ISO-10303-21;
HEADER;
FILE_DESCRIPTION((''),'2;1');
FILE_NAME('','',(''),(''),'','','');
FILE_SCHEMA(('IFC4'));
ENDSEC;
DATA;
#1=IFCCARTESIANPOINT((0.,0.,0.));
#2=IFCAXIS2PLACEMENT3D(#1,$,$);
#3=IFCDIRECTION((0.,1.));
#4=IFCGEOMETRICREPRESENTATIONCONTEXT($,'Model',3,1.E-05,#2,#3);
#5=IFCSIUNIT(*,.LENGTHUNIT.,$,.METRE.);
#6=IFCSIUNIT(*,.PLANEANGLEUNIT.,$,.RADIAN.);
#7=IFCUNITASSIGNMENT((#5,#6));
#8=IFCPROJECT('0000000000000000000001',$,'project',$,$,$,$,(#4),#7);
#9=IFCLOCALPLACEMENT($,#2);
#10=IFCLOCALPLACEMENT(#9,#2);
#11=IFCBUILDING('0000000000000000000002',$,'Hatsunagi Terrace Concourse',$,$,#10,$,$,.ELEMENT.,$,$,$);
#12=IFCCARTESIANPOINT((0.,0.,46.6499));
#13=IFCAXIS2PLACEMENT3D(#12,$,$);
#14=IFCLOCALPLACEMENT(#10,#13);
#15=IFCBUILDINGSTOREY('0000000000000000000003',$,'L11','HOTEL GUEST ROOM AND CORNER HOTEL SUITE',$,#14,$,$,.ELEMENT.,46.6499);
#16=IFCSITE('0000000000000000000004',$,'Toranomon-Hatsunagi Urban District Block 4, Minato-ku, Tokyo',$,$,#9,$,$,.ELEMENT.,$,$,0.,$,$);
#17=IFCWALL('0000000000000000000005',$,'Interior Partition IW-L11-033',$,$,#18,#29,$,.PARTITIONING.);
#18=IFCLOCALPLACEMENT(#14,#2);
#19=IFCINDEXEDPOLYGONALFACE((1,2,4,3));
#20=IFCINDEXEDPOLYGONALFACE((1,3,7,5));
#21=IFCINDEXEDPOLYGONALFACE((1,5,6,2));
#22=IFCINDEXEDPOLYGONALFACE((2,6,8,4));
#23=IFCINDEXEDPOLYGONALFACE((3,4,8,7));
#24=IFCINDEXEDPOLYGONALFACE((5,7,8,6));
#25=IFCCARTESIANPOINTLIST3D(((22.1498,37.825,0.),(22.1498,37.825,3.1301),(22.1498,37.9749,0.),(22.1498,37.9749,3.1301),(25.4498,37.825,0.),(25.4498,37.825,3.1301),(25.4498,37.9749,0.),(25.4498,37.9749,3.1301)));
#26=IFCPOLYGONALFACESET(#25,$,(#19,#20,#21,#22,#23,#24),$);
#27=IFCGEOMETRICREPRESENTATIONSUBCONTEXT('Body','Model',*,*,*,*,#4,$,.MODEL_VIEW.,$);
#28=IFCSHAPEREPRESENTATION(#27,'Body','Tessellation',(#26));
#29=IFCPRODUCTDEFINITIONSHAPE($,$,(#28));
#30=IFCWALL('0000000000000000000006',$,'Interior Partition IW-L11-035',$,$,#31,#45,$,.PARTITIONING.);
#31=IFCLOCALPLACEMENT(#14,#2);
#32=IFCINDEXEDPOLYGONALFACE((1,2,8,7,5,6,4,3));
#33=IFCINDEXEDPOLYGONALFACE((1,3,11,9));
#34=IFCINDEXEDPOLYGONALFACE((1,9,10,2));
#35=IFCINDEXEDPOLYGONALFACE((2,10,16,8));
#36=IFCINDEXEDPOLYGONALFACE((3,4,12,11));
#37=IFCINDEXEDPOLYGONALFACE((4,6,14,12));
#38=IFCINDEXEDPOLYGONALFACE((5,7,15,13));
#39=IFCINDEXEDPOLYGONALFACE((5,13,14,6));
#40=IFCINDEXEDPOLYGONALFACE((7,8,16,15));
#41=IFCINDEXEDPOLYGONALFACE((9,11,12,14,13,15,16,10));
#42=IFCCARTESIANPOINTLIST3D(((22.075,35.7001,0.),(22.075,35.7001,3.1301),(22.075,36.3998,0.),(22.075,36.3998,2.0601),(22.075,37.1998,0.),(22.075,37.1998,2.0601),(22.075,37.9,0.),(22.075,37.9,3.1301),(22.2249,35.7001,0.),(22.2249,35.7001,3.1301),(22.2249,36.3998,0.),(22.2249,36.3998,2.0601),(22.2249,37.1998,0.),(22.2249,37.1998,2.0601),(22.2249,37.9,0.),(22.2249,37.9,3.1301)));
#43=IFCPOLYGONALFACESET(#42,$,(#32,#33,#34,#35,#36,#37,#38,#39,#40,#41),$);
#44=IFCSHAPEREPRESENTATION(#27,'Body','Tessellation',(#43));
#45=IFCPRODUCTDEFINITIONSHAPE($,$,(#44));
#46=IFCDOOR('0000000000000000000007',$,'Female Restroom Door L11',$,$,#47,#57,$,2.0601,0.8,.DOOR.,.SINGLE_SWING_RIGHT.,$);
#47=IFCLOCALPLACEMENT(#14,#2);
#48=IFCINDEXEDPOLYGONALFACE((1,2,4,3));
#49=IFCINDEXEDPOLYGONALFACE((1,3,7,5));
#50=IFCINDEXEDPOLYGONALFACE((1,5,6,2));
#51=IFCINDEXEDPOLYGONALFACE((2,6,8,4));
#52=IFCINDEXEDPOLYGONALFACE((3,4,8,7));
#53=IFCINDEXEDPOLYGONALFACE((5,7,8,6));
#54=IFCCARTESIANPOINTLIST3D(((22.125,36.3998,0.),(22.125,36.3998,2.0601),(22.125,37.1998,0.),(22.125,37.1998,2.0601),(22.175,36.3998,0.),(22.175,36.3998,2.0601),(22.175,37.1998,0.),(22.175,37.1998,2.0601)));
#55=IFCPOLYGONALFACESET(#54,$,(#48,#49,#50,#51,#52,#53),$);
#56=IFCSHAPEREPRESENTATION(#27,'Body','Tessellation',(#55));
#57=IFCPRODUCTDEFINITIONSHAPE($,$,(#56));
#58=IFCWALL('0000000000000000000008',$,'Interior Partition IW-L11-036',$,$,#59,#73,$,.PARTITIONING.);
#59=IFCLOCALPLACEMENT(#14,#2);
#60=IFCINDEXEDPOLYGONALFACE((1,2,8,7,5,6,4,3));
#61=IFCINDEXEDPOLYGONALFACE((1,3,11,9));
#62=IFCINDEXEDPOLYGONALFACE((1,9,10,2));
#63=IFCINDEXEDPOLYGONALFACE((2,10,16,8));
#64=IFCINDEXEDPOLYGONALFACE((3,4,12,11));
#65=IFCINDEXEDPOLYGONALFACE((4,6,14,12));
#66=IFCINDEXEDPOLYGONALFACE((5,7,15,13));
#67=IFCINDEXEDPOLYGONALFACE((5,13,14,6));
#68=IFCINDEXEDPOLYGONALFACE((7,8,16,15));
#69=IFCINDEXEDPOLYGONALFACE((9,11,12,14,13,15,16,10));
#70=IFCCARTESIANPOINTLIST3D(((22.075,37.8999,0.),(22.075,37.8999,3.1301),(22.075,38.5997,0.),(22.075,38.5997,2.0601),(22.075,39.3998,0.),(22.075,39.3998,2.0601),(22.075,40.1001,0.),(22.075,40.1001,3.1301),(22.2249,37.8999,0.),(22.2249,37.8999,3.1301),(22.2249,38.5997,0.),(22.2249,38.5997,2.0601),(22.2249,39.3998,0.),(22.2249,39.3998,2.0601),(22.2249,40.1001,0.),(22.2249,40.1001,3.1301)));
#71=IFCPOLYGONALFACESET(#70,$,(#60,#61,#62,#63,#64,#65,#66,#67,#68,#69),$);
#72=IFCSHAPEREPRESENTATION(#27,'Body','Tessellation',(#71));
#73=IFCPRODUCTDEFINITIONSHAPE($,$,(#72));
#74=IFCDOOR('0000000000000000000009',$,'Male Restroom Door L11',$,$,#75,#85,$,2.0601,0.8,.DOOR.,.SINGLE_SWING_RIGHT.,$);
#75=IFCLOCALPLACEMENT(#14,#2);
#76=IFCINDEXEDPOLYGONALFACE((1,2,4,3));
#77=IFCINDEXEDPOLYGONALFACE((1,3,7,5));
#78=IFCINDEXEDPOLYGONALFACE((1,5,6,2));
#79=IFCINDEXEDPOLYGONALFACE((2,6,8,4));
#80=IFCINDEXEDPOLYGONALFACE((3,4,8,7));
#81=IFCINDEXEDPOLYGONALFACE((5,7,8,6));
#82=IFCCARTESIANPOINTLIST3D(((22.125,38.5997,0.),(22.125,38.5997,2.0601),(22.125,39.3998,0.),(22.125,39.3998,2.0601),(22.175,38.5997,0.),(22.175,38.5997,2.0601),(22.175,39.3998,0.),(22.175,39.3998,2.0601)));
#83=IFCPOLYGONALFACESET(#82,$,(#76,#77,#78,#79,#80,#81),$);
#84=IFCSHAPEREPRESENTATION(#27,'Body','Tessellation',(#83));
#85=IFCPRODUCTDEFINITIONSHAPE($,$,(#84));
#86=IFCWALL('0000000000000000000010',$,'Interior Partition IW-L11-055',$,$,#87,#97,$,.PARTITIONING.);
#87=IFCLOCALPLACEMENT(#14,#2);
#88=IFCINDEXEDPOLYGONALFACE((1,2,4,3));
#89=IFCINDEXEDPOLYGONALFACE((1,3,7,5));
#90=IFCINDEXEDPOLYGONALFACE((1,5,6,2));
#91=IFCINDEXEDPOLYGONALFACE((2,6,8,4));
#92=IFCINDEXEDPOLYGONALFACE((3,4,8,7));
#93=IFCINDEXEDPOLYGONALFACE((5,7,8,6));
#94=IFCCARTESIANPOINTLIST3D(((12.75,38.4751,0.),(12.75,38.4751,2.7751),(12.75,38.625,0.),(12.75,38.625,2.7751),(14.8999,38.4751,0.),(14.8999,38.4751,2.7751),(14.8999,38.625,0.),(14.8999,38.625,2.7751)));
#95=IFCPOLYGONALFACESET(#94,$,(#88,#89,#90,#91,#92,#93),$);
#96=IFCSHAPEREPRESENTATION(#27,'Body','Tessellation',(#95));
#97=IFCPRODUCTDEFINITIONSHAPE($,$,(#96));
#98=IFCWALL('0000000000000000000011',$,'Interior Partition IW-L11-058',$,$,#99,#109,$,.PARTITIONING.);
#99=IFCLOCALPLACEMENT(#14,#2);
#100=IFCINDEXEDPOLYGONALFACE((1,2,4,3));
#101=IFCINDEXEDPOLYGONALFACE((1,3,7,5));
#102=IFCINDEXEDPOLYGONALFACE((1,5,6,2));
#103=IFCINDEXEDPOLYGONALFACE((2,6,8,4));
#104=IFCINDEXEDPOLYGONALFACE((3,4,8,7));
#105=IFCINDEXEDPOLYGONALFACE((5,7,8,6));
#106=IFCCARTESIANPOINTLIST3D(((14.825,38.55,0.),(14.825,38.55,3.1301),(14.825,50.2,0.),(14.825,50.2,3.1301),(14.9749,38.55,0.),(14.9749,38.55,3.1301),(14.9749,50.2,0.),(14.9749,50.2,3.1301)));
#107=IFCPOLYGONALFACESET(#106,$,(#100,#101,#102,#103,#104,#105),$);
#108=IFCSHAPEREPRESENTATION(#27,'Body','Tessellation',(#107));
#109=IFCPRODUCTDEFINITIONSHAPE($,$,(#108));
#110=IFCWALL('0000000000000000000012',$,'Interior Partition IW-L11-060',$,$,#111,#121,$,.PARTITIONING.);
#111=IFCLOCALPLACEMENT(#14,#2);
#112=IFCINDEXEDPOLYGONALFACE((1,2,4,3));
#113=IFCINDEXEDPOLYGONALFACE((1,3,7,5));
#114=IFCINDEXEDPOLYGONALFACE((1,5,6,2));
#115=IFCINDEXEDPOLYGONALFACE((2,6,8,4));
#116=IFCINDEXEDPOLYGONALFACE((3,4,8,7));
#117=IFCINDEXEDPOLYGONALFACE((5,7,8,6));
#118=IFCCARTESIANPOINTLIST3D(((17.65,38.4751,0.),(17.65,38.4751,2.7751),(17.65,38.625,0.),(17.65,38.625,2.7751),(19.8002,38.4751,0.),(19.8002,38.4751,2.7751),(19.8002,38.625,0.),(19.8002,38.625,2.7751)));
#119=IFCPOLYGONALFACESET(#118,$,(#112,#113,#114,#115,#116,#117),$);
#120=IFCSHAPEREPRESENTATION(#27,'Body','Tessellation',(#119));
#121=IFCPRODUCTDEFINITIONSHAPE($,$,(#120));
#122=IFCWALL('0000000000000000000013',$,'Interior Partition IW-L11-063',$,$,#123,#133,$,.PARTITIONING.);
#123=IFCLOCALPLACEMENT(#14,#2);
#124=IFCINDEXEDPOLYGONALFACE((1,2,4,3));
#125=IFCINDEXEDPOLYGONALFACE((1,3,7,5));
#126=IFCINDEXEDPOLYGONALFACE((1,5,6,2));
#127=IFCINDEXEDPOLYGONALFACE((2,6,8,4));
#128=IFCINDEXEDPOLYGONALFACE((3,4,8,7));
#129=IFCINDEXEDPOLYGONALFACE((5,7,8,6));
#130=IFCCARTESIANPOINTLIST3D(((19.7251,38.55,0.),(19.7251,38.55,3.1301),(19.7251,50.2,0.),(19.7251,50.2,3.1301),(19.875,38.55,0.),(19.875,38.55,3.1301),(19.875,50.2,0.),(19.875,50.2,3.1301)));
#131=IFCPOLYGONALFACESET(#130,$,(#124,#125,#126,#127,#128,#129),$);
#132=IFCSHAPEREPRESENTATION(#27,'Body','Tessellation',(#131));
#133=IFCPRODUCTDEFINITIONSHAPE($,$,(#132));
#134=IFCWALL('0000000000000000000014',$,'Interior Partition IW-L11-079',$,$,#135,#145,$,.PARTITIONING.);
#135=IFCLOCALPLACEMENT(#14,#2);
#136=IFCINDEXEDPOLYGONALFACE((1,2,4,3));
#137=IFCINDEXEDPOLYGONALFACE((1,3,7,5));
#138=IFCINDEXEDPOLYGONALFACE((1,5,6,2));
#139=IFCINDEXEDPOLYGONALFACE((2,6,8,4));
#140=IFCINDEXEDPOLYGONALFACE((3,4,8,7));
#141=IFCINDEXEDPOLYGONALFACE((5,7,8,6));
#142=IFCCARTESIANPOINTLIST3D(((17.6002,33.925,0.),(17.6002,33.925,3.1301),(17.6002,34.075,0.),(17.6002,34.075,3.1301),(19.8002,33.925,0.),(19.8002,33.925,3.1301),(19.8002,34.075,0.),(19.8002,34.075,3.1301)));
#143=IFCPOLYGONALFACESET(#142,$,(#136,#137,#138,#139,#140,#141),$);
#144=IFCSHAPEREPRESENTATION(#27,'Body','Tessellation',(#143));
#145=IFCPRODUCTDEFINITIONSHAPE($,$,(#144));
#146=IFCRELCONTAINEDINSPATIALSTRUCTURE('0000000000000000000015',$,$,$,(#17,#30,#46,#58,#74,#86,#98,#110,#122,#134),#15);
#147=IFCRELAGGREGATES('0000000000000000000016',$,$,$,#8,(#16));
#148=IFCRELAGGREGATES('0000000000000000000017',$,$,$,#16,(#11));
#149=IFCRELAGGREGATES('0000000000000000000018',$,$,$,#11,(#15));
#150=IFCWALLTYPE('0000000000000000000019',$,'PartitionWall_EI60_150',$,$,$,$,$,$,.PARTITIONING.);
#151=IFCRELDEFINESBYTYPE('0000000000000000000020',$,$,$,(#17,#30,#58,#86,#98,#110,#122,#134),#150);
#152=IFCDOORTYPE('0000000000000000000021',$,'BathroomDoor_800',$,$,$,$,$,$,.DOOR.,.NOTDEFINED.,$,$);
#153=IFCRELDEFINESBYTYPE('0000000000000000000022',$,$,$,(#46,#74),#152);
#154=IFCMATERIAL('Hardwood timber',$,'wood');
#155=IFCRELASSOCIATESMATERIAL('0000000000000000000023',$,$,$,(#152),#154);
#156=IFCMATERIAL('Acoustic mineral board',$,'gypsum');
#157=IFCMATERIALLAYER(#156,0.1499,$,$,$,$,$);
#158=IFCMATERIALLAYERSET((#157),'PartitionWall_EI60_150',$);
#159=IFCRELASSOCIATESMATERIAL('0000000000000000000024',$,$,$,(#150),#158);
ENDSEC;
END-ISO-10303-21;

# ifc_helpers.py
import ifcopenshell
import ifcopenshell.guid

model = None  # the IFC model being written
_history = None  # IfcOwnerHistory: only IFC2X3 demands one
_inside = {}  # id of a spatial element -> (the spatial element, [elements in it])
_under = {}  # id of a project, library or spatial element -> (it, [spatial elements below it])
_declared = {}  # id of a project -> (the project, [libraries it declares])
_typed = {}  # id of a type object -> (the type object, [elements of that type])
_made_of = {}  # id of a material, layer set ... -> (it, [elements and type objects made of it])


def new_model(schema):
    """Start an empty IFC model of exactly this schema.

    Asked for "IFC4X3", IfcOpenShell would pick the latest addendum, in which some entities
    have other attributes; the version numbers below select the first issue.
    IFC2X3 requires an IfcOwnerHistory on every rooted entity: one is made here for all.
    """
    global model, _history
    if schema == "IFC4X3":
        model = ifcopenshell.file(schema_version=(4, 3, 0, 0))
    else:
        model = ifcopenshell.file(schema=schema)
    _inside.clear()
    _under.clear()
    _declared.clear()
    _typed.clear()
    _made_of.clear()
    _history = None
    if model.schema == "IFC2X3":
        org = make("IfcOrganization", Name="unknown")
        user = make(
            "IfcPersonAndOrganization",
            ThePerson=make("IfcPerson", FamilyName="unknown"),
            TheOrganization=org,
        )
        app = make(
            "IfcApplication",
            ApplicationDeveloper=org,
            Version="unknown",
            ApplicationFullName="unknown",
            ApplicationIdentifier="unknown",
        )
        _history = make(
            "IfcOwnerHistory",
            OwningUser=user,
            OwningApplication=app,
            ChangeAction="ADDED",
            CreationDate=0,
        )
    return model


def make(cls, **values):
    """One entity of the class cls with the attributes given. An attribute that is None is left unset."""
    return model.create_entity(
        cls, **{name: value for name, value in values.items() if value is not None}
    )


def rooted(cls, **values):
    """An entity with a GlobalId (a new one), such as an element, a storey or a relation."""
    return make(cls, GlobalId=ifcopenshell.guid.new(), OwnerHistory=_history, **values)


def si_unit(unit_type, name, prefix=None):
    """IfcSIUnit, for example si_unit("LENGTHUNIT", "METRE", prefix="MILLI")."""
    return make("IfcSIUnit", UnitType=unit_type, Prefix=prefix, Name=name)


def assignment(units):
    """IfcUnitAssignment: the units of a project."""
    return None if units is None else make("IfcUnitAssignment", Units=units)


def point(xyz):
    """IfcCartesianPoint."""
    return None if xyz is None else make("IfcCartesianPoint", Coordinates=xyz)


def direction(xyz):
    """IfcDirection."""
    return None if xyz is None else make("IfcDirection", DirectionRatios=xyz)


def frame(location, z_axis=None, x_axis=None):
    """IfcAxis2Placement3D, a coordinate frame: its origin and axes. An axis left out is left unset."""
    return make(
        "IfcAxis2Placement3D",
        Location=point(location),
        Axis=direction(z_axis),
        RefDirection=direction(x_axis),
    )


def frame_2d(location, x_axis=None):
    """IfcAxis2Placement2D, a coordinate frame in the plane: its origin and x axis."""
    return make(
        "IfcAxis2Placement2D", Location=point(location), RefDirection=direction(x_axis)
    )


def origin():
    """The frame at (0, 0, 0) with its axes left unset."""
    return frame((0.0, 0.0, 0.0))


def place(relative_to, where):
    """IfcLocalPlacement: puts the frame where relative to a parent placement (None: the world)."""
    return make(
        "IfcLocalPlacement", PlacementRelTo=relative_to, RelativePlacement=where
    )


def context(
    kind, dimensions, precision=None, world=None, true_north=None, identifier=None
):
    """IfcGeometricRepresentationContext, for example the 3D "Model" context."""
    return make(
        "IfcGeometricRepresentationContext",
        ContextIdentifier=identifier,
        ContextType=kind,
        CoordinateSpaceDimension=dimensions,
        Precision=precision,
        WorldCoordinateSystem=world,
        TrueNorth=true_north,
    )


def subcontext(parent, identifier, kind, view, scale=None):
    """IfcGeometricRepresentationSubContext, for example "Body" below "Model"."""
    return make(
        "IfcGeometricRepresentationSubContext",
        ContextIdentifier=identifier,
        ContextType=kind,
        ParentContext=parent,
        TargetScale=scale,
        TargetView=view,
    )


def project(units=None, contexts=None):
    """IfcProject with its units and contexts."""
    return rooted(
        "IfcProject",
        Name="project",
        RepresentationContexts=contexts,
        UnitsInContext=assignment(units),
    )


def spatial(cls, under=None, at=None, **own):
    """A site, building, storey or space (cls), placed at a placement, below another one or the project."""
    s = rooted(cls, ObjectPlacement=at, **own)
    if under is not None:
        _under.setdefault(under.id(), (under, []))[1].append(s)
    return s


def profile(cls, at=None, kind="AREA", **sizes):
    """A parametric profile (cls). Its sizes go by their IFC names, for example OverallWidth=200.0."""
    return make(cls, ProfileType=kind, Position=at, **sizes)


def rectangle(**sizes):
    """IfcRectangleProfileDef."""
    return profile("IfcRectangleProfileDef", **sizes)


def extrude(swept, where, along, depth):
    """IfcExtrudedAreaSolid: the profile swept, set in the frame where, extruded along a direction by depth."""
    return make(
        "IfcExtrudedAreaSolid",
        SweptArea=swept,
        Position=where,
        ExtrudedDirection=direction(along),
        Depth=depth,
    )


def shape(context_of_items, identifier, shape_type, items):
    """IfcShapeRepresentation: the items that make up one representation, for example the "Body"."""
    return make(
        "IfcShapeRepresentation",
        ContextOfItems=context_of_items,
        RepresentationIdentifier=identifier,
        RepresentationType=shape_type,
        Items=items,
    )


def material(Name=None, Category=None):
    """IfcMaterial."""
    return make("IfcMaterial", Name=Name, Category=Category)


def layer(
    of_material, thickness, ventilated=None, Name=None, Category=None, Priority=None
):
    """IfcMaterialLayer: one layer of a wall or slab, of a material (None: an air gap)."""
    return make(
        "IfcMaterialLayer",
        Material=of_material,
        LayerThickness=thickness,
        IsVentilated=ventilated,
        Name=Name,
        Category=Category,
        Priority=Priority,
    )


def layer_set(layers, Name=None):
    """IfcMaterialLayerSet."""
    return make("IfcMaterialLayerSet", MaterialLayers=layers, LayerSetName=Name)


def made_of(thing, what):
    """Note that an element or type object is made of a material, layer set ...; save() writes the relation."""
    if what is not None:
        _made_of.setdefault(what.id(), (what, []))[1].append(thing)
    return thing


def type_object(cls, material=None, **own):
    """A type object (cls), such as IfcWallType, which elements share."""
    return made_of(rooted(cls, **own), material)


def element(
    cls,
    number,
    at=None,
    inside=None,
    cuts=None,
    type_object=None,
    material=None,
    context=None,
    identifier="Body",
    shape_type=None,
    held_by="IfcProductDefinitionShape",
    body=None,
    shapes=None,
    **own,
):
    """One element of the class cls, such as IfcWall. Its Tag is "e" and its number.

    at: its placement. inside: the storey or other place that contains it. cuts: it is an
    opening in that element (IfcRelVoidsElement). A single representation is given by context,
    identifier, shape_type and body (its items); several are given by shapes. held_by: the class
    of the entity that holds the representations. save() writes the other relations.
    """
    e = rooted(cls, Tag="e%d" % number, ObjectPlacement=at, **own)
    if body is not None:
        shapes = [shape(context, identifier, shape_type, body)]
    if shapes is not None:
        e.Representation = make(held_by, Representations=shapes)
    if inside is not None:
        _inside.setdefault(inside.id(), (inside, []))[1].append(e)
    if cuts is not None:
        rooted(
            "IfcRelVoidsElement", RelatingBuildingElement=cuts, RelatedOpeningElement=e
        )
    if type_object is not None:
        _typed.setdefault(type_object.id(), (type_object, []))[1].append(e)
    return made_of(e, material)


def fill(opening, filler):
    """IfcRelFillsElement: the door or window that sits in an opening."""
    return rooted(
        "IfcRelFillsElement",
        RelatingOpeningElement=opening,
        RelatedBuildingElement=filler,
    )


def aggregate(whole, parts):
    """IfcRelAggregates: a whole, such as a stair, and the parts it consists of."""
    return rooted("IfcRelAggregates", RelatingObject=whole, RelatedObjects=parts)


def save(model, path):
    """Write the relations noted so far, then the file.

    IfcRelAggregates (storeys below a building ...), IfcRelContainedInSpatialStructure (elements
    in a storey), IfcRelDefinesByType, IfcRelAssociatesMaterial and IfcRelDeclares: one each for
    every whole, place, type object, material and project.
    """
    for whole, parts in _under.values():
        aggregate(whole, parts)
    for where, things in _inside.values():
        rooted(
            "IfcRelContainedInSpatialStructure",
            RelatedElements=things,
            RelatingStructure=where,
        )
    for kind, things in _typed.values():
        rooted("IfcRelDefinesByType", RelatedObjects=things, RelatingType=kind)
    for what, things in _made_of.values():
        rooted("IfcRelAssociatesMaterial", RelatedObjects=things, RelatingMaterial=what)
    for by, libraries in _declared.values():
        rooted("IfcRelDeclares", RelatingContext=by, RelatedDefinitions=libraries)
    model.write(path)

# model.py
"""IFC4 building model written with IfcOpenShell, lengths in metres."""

from ifc_helpers import new_model, si_unit, direction, frame, frame_2d, origin, place, context, subcontext, project, spatial, rectangle, extrude, material, layer, layer_set, type_object, element, fill, save


model = new_model("IFC4")

# Units and contexts
model_context = context("Model", 3, precision=1e-05, world=origin(), true_north=direction((0.0, 1.0)))
body_context = subcontext(model_context, "Body", "Model", "MODEL_VIEW")
ifc_project = project(units=[si_unit("LENGTHUNIT", "METRE"), si_unit("PLANEANGLEUNIT", "RADIAN")], contexts=[model_context])

# Site, building, storey
site_placement = place(None, origin())
site = spatial("IfcSite", under=ifc_project, at=site_placement, Name="Toranomon-Hatsunagi Urban District Block 4, Minato-ku, Tokyo", CompositionType="ELEMENT", RefElevation=0.0)
building_placement = place(site_placement, origin())
building = spatial("IfcBuilding", under=site, at=building_placement, Name="Hatsunagi Terrace Concourse", CompositionType="ELEMENT")
storey_placement = place(building_placement, frame((0.0, 0.0, 46.6499)))
storey = spatial("IfcBuildingStorey", under=building, at=storey_placement, Name="L11", Description="HOTEL GUEST ROOM AND CORNER HOTEL SUITE", CompositionType="ELEMENT", Elevation=46.6499)

# Shared definitions
ifc_material_1 = material(Name="Hardwood timber", Category="wood")
door_type_1 = type_object("IfcDoorType", Name="BathroomDoor_800", OperationType="NOTDEFINED", PredefinedType="DOOR", material=ifc_material_1)

# Wall
ifc_material_2 = material(Name="Acoustic mineral board", Category="gypsum")
ifc_layer_1 = layer(ifc_material_2, 0.1499)
ifc_layer_set_1 = layer_set([ifc_layer_1], Name="PartitionWall_EI60_150")
wall_type_1 = type_object("IfcWallType", Name="PartitionWall_EI60_150", PredefinedType="PARTITIONING", material=ifc_layer_set_1)
for number, where, z_axis, x_axis, name in (
    (1, (22.1499, 37.8999, 0.0), (0.0, 0.0, 1.0), (1.0, 0.0, 0.0), "Interior Partition IW-L11-033"),
):
    element("IfcWall", number, at=place(storey_placement, frame(where, z_axis=z_axis, x_axis=x_axis)), inside=storey, type_object=wall_type_1, Name=name, PredefinedType="PARTITIONING", context=body_context, shape_type="SweptSolid", body=[
        extrude(rectangle(XDim=3.3, YDim=0.1499, at=frame_2d((1.6499, 0.0))), origin(), (0.0, 0.0, 1.0), 3.1301),
    ])

# Walls, openings, doors
wall_1_placement = place(storey_placement, frame((22.1499, 35.7, 0.0), z_axis=(0.0, 0.0, 1.0), x_axis=(0.0, 1.0, 0.0)))
wall_1 = element("IfcWall", 2, at=wall_1_placement, inside=storey, type_object=wall_type_1, Name="Interior Partition IW-L11-035", PredefinedType="PARTITIONING", context=body_context, shape_type="SweptSolid", body=[
    extrude(rectangle(XDim=2.2, YDim=0.1499, at=frame_2d((1.1001, 0.0))), origin(), (0.0, 0.0, 1.0), 3.1301),
])
opening_1_placement = place(wall_1_placement, frame((0.7, 0.0, 0.0)))
opening_1 = element("IfcOpeningElement", 3, at=opening_1_placement, cuts=wall_1, PredefinedType="OPENING", context=body_context, shape_type="SweptSolid", body=[
    extrude(rectangle(XDim=0.8, YDim=2.0601, at=frame_2d((0.3999, 1.03))), frame((0.0, 0.085, 0.0), z_axis=(0.0, -1.0, 0.0), x_axis=(1.0, 0.0, 0.0)), (0.0, 0.0, 1.0), 0.1699),
])
door_1_placement = place(opening_1_placement, origin())
door_1 = element("IfcDoor", 4, at=door_1_placement, inside=storey, type_object=door_type_1, Name="Female Restroom Door L11", OperationType="SINGLE_SWING_RIGHT", OverallHeight=2.0601, OverallWidth=0.8, PredefinedType="DOOR", context=body_context, shape_type="SweptSolid", body=[
    extrude(rectangle(XDim=0.8, YDim=2.0601, at=frame_2d((0.3999, 1.03))), frame((0.0, 0.0249, 0.0), z_axis=(0.0, -1.0, 0.0), x_axis=(1.0, 0.0, 0.0)), (0.0, 0.0, 1.0), 0.05),
])
fill(opening_1, door_1)
wall_2_placement = place(storey_placement, frame((22.1499, 37.8999, 0.0), z_axis=(0.0, 0.0, 1.0), x_axis=(0.0, 1.0, 0.0)))
wall_2 = element("IfcWall", 5, at=wall_2_placement, inside=storey, type_object=wall_type_1, Name="Interior Partition IW-L11-036", PredefinedType="PARTITIONING", context=body_context, shape_type="SweptSolid", body=[
    extrude(rectangle(XDim=2.2002, YDim=0.1499, at=frame_2d((1.1001, 0.0))), origin(), (0.0, 0.0, 1.0), 3.1301),
])
opening_2_placement = place(wall_2_placement, frame((0.7, 0.0, 0.0)))
opening_2 = element("IfcOpeningElement", 6, at=opening_2_placement, cuts=wall_2, PredefinedType="OPENING", context=body_context, shape_type="SweptSolid", body=[
    extrude(rectangle(XDim=0.8, YDim=2.0601, at=frame_2d((0.3999, 1.03))), frame((0.0, 0.085, 0.0), z_axis=(0.0, -1.0, 0.0), x_axis=(1.0, 0.0, 0.0)), (0.0, 0.0, 1.0), 0.1699),
])
door_2_placement = place(opening_2_placement, origin())
door_2 = element("IfcDoor", 7, at=door_2_placement, inside=storey, type_object=door_type_1, Name="Male Restroom Door L11", OperationType="SINGLE_SWING_RIGHT", OverallHeight=2.0601, OverallWidth=0.8, PredefinedType="DOOR", context=body_context, shape_type="SweptSolid", body=[
    extrude(rectangle(XDim=0.8, YDim=2.0601, at=frame_2d((0.3999, 1.03))), frame((0.0, 0.0249, 0.0), z_axis=(0.0, -1.0, 0.0), x_axis=(1.0, 0.0, 0.0)), (0.0, 0.0, 1.0), 0.05),
])
fill(opening_2, door_2)

# Walls
wall_3_placement = place(storey_placement, frame((12.75, 38.55, 0.0), z_axis=(0.0, 0.0, 1.0), x_axis=(1.0, 0.0, 0.0)))
element("IfcWall", 8, at=wall_3_placement, inside=storey, type_object=wall_type_1, Name="Interior Partition IW-L11-055", PredefinedType="PARTITIONING", context=body_context, shape_type="SweptSolid", body=[
    extrude(rectangle(XDim=2.1499, YDim=0.1499, at=frame_2d((1.075, 0.0))), origin(), (0.0, 0.0, 1.0), 2.7751),
])
wall_4_placement = place(storey_placement, frame((14.8999, 38.55, 0.0), z_axis=(0.0, 0.0, 1.0), x_axis=(0.0, 1.0, 0.0)))
element("IfcWall", 9, at=wall_4_placement, inside=storey, type_object=wall_type_1, Name="Interior Partition IW-L11-058", PredefinedType="PARTITIONING", context=body_context, shape_type="SweptSolid", body=[
    extrude(rectangle(XDim=11.6499, YDim=0.1499, at=frame_2d((5.825, 0.0))), origin(), (0.0, 0.0, 1.0), 3.1301),
])

# Walls
wall_5_placement = place(storey_placement, frame((17.6499, 38.55, 0.0), z_axis=(0.0, 0.0, 1.0), x_axis=(1.0, 0.0, 0.0)))
element("IfcWall", 10, at=wall_5_placement, inside=storey, type_object=wall_type_1, Name="Interior Partition IW-L11-060", PredefinedType="PARTITIONING", context=body_context, shape_type="SweptSolid", body=[
    extrude(rectangle(XDim=2.1501, YDim=0.1499, at=frame_2d((1.0752, 0.0))), origin(), (0.0, 0.0, 1.0), 2.7751),
])
wall_6_placement = place(storey_placement, frame((19.8, 38.55, 0.0), z_axis=(0.0, 0.0, 1.0), x_axis=(0.0, 1.0, 0.0)))
element("IfcWall", 11, at=wall_6_placement, inside=storey, type_object=wall_type_1, Name="Interior Partition IW-L11-063", PredefinedType="PARTITIONING", context=body_context, shape_type="SweptSolid", body=[
    extrude(rectangle(XDim=11.6499, YDim=0.1499, at=frame_2d((5.825, 0.0))), origin(), (0.0, 0.0, 1.0), 3.1301),
])

# Wall
wall_7_placement = place(storey_placement, frame((17.6001, 34.0, 0.0), z_axis=(0.0, 0.0, 1.0), x_axis=(1.0, 0.0, 0.0)))
element("IfcWall", 12, at=wall_7_placement, inside=storey, type_object=wall_type_1, Name="Interior Partition IW-L11-079", PredefinedType="PARTITIONING", context=body_context, shape_type="SweptSolid", body=[
    extrude(rectangle(XDim=2.2, YDim=0.1499, at=frame_2d((1.1001, 0.0))), origin(), (0.0, 0.0, 1.0), 3.1301),
])

save(model, "model.ifc")
